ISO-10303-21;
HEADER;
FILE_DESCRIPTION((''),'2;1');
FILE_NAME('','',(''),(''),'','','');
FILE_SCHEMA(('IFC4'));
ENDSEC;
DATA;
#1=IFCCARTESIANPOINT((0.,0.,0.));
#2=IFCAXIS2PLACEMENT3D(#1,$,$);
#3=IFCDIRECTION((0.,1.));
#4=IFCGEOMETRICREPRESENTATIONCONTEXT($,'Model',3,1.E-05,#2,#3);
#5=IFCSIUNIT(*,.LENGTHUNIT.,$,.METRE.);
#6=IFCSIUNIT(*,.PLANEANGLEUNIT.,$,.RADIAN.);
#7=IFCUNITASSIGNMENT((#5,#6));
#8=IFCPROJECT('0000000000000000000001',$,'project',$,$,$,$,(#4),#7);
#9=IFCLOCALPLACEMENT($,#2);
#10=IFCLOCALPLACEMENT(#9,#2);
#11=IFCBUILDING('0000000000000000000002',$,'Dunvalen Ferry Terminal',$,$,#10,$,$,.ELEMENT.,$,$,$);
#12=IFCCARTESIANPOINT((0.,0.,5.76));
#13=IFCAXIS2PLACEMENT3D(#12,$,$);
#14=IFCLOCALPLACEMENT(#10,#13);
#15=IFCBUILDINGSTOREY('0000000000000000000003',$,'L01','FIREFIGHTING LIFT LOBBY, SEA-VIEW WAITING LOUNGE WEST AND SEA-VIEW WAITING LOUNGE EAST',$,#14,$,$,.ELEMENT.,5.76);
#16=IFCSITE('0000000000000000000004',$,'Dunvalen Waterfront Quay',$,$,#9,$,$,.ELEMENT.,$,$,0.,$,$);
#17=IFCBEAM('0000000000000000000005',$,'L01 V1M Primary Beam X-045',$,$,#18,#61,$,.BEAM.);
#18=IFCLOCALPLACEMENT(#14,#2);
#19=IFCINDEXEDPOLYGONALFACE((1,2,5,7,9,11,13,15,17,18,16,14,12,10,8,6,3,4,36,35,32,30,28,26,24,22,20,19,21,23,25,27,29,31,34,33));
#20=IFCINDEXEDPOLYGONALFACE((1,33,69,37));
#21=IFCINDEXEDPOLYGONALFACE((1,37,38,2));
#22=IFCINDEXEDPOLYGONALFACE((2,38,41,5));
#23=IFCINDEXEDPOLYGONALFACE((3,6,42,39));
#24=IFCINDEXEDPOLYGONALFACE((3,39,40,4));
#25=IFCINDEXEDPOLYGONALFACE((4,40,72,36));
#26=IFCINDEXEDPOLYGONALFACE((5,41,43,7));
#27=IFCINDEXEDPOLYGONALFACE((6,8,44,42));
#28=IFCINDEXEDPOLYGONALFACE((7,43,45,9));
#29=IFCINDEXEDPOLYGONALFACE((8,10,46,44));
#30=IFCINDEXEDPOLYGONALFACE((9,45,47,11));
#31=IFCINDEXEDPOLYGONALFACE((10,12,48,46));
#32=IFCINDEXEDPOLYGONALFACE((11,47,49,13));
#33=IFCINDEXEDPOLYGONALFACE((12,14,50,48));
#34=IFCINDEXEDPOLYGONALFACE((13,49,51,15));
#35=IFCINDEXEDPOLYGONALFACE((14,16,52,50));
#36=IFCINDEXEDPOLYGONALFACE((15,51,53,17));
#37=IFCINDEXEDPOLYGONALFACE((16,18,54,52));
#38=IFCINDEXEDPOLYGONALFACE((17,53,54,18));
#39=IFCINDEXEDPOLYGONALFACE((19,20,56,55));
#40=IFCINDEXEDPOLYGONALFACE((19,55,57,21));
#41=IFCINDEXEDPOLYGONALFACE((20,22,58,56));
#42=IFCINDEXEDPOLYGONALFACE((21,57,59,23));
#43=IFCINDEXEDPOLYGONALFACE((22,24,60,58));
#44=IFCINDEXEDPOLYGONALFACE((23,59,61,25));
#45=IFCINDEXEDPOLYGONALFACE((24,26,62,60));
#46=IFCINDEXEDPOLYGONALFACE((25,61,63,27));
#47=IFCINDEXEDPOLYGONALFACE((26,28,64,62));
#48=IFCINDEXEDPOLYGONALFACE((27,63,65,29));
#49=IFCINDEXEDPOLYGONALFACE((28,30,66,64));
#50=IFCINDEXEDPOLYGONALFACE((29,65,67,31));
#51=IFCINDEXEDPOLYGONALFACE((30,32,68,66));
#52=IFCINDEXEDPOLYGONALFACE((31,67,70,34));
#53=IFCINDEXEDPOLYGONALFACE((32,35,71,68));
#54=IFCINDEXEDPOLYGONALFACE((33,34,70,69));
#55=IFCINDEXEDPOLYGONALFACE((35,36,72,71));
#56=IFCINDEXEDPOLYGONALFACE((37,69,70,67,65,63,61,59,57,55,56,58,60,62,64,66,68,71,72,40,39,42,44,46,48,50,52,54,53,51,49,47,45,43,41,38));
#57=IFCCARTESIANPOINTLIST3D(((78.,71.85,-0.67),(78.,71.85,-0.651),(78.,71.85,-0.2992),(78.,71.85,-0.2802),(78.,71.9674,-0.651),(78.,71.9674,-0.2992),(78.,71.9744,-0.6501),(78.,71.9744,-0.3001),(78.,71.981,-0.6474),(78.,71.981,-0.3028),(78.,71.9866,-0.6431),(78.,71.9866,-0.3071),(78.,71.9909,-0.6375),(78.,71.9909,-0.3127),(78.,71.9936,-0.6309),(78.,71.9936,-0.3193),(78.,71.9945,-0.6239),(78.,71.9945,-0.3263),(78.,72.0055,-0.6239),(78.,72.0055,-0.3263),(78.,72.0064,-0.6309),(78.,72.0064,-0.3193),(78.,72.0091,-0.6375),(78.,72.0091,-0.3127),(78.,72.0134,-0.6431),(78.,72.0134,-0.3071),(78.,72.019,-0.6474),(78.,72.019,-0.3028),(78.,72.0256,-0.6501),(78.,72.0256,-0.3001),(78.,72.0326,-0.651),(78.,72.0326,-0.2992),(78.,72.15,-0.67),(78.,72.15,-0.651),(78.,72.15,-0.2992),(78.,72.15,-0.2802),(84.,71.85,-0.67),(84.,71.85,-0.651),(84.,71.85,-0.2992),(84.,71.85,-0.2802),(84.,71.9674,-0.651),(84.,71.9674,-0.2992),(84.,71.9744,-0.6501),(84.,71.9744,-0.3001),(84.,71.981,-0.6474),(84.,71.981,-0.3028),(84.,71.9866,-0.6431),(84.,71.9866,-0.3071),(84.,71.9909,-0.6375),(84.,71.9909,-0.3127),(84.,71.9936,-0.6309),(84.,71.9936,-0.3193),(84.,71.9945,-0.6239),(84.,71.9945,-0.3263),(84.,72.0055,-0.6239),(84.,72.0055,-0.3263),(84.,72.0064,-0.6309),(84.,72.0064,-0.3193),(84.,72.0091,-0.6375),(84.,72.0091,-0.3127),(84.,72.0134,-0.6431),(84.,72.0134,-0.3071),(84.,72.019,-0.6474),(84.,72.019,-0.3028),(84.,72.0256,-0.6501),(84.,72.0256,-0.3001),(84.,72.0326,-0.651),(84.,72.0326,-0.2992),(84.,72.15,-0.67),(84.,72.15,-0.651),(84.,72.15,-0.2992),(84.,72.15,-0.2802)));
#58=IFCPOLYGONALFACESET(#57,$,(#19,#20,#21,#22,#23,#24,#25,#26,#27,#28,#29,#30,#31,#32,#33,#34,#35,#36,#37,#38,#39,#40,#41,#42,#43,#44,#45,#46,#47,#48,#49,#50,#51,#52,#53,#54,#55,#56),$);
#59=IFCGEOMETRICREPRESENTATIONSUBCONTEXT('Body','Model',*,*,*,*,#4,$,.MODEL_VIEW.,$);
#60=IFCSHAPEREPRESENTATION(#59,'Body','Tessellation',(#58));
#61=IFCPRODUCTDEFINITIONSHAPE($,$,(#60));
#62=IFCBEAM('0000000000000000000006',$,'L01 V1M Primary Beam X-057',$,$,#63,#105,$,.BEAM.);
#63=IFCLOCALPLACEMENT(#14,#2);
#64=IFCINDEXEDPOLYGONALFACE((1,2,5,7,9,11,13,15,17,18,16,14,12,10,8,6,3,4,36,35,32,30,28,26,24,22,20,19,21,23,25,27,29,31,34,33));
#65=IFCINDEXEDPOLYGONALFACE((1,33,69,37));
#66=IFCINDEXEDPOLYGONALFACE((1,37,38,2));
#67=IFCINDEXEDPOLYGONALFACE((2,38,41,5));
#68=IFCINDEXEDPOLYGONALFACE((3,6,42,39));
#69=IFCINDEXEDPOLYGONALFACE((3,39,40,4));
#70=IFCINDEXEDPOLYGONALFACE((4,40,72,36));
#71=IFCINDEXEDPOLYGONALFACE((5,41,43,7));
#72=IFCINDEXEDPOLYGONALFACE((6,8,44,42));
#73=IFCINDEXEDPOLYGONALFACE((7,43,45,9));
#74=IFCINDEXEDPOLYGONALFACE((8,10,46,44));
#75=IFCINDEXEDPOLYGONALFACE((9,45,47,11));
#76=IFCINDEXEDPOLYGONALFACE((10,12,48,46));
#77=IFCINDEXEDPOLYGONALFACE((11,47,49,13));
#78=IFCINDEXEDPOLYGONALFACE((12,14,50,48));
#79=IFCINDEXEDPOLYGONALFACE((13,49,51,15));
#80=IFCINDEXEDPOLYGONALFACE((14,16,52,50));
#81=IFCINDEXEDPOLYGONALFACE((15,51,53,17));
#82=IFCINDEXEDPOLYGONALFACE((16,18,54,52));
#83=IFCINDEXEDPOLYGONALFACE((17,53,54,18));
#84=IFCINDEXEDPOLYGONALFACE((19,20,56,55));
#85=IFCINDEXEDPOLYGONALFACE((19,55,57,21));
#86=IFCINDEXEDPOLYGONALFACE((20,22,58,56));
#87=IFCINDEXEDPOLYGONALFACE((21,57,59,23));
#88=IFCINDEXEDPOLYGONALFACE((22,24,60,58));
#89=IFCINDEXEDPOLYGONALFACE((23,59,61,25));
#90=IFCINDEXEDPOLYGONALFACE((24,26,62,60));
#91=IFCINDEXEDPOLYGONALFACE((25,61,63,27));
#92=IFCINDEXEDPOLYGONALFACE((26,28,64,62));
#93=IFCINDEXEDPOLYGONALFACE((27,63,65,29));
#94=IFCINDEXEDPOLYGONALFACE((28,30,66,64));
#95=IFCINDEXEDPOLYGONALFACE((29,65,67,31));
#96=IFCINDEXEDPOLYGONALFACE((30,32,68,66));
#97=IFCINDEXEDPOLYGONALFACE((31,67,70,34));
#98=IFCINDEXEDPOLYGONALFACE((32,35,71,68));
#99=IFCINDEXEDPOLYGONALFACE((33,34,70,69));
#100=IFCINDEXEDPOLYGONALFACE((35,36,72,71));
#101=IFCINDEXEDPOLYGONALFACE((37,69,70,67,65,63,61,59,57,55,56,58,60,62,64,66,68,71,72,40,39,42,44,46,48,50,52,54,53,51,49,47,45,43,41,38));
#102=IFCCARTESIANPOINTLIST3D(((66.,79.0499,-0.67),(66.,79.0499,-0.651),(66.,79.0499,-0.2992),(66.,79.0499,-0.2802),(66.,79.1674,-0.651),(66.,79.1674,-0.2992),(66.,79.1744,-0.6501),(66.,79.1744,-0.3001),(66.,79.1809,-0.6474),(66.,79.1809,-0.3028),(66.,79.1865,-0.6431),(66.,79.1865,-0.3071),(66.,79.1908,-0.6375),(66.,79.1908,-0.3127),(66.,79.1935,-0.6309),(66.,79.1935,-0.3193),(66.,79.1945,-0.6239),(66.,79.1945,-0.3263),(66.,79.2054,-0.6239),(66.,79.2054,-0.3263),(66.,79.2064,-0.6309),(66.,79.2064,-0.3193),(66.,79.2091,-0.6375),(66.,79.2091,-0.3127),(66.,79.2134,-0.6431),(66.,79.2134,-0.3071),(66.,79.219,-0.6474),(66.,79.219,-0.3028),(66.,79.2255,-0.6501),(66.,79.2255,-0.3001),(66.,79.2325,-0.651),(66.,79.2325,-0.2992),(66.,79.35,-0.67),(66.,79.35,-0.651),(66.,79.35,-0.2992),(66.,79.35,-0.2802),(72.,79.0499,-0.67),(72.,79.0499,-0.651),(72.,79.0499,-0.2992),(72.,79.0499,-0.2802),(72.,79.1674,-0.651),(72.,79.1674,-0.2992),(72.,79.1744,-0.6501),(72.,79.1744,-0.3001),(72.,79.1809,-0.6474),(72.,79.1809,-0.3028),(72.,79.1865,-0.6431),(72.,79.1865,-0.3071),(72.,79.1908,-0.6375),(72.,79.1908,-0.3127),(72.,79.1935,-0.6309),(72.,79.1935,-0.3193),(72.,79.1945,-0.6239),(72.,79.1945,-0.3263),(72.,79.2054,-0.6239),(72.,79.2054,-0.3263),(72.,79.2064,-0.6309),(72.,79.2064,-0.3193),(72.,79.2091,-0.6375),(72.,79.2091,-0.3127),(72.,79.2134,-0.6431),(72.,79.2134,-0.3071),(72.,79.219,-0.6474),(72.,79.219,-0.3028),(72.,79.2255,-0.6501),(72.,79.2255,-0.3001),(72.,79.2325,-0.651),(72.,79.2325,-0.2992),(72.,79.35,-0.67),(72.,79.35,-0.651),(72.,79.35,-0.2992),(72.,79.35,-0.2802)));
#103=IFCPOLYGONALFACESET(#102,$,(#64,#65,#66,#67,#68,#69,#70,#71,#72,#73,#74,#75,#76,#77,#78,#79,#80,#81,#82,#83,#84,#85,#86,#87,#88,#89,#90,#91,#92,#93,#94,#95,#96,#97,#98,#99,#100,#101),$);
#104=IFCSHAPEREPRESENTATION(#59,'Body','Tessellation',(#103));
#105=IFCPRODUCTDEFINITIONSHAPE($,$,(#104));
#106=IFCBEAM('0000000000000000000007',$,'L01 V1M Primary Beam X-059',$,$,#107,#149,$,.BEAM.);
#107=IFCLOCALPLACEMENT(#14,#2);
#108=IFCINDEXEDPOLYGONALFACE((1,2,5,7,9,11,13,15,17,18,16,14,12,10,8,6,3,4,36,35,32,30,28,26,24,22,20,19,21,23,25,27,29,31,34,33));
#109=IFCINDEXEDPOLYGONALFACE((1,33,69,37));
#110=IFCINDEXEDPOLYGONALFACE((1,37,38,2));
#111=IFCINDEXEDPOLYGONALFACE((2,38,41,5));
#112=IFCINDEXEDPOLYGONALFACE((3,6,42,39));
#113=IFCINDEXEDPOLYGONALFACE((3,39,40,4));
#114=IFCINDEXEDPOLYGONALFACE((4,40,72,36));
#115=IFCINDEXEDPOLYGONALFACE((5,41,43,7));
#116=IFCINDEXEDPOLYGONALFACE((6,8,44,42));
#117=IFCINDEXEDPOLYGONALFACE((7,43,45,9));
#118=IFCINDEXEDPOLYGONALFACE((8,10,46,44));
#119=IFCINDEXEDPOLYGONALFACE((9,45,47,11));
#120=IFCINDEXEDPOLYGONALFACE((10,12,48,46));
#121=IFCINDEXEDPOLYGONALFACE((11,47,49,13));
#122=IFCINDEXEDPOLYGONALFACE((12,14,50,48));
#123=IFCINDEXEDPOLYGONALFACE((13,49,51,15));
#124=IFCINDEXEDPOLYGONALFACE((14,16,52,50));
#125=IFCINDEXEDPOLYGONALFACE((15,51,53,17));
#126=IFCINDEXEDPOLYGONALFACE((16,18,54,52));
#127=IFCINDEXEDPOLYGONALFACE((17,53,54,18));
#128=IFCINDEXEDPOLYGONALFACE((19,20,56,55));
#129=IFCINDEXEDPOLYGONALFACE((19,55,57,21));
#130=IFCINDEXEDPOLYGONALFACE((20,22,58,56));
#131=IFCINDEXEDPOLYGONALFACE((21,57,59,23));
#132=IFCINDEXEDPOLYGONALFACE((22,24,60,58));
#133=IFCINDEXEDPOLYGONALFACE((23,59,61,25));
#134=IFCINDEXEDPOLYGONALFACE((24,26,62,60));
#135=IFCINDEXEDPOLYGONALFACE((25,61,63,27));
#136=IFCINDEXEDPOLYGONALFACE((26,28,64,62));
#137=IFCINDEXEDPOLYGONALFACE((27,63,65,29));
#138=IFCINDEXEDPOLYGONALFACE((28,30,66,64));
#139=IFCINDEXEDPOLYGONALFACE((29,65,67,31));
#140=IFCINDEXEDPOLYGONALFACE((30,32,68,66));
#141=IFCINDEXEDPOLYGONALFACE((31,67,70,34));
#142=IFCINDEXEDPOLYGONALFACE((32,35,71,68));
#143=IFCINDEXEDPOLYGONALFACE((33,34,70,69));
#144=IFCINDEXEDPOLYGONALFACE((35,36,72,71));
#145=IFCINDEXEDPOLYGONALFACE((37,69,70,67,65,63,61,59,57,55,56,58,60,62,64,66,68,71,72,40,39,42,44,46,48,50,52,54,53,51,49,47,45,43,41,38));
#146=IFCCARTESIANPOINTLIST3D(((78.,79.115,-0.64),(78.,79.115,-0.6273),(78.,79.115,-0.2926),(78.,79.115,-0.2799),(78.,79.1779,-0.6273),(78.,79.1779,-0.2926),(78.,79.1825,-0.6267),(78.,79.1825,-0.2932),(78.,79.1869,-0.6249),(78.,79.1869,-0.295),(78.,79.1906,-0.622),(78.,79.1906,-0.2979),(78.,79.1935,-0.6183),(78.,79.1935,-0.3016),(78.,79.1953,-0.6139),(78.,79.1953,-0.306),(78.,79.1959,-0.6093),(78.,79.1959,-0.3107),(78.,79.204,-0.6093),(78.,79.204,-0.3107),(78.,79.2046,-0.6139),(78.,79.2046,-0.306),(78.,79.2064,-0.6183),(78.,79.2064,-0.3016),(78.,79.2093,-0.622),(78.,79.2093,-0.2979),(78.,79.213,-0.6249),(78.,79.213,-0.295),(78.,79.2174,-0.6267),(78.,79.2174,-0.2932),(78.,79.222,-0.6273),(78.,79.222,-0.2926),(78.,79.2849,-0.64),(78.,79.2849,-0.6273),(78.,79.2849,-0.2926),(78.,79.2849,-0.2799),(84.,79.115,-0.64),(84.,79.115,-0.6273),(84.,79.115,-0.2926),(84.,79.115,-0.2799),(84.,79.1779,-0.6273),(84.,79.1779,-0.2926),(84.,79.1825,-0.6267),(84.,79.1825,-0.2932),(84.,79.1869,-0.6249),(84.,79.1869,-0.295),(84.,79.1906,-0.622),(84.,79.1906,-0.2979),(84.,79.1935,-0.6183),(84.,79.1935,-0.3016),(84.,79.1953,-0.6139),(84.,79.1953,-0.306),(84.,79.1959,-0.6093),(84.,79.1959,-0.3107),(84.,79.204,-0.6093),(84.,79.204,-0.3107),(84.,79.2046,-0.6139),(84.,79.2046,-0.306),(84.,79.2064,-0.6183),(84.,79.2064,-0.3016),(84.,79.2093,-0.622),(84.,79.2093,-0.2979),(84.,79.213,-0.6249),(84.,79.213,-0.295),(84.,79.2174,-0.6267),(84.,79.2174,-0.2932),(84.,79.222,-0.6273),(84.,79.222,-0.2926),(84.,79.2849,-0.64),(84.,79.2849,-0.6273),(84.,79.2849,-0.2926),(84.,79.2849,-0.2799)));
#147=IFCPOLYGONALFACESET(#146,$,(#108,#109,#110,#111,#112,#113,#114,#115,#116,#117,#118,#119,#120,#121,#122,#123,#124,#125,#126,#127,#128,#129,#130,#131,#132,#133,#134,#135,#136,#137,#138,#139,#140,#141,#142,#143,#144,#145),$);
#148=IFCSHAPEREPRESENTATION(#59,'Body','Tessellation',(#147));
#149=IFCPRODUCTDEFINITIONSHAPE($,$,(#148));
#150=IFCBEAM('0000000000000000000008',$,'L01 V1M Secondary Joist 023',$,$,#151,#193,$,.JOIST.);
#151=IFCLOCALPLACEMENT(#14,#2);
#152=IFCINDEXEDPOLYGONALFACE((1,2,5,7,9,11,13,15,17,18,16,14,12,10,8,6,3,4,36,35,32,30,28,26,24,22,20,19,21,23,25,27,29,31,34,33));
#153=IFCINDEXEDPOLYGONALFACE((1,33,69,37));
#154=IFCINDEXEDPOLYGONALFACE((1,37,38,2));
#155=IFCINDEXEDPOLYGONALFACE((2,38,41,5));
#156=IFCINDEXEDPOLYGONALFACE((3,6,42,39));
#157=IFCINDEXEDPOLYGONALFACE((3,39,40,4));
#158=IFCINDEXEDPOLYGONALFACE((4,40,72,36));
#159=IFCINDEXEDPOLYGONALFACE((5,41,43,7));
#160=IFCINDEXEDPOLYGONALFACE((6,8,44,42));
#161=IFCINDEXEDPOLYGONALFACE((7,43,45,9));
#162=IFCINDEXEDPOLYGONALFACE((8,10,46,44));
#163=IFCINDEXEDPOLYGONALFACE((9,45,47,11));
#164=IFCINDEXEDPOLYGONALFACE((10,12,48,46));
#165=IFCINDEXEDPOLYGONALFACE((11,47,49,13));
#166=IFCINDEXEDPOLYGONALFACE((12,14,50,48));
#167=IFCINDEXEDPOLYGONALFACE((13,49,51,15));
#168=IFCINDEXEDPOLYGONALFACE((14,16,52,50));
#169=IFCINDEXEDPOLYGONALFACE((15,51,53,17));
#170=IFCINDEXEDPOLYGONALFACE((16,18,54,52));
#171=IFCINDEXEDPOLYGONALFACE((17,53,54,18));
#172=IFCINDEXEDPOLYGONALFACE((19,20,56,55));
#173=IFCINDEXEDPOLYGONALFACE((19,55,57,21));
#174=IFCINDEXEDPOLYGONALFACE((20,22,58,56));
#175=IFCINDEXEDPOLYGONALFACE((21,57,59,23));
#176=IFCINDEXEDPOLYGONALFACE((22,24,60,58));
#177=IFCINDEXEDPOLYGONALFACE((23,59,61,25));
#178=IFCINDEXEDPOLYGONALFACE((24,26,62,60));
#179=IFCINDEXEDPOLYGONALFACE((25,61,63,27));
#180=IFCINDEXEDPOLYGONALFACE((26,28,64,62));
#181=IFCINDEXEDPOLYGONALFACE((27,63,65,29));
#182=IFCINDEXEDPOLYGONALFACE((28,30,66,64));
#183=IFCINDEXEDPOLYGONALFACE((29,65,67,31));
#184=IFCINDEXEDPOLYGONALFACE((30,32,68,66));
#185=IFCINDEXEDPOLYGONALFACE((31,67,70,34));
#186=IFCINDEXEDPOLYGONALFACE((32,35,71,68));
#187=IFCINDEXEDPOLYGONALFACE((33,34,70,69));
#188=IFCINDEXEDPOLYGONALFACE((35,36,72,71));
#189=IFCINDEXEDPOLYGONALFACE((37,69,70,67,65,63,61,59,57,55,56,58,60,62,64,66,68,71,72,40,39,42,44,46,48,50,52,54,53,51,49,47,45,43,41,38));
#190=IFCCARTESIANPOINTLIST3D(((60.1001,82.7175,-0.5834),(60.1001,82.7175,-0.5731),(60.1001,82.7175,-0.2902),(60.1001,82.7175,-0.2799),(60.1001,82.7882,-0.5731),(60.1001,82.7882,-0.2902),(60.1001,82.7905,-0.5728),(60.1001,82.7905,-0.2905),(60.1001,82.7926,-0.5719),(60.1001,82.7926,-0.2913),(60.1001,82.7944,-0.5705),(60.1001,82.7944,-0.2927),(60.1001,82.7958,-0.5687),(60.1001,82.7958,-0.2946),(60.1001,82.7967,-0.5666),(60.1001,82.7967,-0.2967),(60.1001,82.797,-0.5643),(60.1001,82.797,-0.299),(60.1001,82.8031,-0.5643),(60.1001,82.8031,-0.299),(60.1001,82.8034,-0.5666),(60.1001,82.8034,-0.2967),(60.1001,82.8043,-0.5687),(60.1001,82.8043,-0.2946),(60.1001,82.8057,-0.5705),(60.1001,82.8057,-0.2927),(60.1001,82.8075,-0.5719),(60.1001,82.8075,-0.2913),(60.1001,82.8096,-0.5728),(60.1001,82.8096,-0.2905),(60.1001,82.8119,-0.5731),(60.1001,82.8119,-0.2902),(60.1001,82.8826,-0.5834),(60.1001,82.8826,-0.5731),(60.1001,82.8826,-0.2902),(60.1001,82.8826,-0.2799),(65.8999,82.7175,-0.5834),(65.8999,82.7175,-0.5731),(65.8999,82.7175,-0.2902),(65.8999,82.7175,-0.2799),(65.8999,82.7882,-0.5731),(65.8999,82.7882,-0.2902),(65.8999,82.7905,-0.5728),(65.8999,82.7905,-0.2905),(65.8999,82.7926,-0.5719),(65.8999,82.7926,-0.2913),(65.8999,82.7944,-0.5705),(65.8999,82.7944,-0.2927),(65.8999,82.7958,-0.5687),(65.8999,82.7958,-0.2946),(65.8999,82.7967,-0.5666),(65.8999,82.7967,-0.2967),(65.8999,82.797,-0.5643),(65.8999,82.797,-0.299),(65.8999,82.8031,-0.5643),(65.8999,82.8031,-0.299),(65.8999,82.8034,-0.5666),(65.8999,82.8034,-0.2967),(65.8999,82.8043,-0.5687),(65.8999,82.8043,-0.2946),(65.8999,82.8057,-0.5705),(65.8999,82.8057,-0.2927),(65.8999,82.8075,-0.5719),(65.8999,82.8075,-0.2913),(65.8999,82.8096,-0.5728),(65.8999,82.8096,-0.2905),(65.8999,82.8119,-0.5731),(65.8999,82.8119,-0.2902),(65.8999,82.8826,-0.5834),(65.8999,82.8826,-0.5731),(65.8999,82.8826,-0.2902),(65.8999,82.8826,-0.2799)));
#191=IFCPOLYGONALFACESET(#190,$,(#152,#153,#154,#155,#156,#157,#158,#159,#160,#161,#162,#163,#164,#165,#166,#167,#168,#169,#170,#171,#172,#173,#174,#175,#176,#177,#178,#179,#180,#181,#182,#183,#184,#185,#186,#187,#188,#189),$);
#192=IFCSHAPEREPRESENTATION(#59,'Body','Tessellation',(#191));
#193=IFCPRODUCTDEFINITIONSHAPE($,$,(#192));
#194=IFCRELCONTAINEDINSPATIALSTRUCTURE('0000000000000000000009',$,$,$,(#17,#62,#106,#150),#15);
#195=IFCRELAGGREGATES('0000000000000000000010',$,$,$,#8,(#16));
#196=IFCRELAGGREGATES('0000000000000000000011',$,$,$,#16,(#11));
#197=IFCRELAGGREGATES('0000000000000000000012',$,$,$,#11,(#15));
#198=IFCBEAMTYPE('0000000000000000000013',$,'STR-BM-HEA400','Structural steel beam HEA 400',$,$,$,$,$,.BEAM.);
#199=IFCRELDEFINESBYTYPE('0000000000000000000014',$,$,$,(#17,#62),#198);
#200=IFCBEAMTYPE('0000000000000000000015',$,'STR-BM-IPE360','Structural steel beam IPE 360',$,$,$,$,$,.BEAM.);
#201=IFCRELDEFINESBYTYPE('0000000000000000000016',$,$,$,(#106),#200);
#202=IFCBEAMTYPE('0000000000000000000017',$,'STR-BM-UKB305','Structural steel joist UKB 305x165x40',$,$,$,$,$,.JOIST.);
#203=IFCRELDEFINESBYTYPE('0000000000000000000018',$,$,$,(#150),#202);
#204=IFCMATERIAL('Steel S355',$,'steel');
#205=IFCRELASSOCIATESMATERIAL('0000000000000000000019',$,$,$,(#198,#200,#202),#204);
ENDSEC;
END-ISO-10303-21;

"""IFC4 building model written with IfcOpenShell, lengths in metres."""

from ifc_helpers import new_model, si_unit, direction, frame, origin, origin_2d, place, context, subcontext, project, spatial, i_section, extrude, material, material_profile, profile_set, type_object, element, save


model = new_model("IFC4")

# Units and contexts
model_context = context("Model", 3, precision=1e-05, world=origin(), true_north=direction((0.0, 1.0)))
body_context = subcontext(model_context, "Body", "Model", "MODEL_VIEW")
ifc_project = project(units=[si_unit("LENGTHUNIT", "METRE"), si_unit("PLANEANGLEUNIT", "RADIAN")], contexts=[model_context])

# Site, building, storey
site_placement = place(None, origin())
site = spatial("IfcSite", under=ifc_project, at=site_placement, Name="Dunvalen Waterfront Quay", CompositionType="ELEMENT", RefElevation=0.0)
building_placement = place(site_placement, origin())
building = spatial("IfcBuilding", under=site, at=building_placement, Name="Dunvalen Ferry Terminal", CompositionType="ELEMENT")
storey_placement = place(building_placement, frame((0.0, 0.0, 5.76)))
storey = spatial("IfcBuildingStorey", under=building, at=storey_placement, Name="L01", Description="FIREFIGHTING LIFT LOBBY, SEA-VIEW WAITING LOUNGE WEST AND SEA-VIEW WAITING LOUNGE EAST", CompositionType="ELEMENT", Elevation=5.76)

# Beams
ifc_material_1 = material(Name="Steel S355", Category="steel")
ifc_material_profile_1 = material_profile(ifc_material_1, i_section(OverallWidth=0.3, OverallDepth=0.3899, WebThickness=0.011, FlangeThickness=0.019, FilletRadius=0.0271, at=origin_2d()), Name="Steel S355")
ifc_profile_set_1 = profile_set([ifc_material_profile_1], Name="Steel S355")
beam_type_1 = type_object("IfcBeamType", Name="STR-BM-HEA400", Description="Structural steel beam HEA 400", PredefinedType="BEAM", material=ifc_profile_set_1)
for number, where, z_axis, x_axis, name in (
    (1, (78.0, 72.0, -0.4751), (1.0, 0.0, 0.0), (0.0, 1.0, 0.0), "L01 V1M Primary Beam X-045"),
    (2, (66.0, 79.2, -0.4751), (1.0, 0.0, 0.0), (0.0, 1.0, 0.0), "L01 V1M Primary Beam X-057"),
):
    element("IfcBeam", number, at=place(storey_placement, frame(where, z_axis=z_axis, x_axis=x_axis)), inside=storey, type_object=beam_type_1, Name=name, PredefinedType="BEAM", context=body_context, shape_type="SweptSolid", body=[
        extrude(i_section(OverallWidth=0.3, OverallDepth=0.3899, WebThickness=0.011, FlangeThickness=0.019, FilletRadius=0.0271, at=origin_2d()), origin(), (0.0, 0.0, 1.0), 6.0),
    ])
ifc_material_profile_2 = material_profile(ifc_material_1, i_section(OverallWidth=0.1699, OverallDepth=0.3601, WebThickness=0.0081, FlangeThickness=0.0127, FilletRadius=0.0181, at=origin_2d()), Name="Steel S355")
ifc_profile_set_2 = profile_set([ifc_material_profile_2], Name="Steel S355")
beam_type_2 = type_object("IfcBeamType", Name="STR-BM-IPE360", Description="Structural steel beam IPE 360", PredefinedType="BEAM", material=ifc_profile_set_2)
beam_placement = place(storey_placement, frame((78.0, 79.2, -0.46), z_axis=(1.0, 0.0, 0.0), x_axis=(0.0, 1.0, 0.0)))
element("IfcBeam", 3, at=beam_placement, inside=storey, type_object=beam_type_2, Name="L01 V1M Primary Beam X-059", PredefinedType="BEAM", context=body_context, shape_type="SweptSolid", body=[
    extrude(i_section(OverallWidth=0.1699, OverallDepth=0.3601, WebThickness=0.0081, FlangeThickness=0.0127, FilletRadius=0.0181, at=origin_2d()), origin(), (0.0, 0.0, 1.0), 6.0),
])
ifc_material_profile_3 = material_profile(ifc_material_1, i_section(OverallWidth=0.165, OverallDepth=0.3035, WebThickness=0.0061, FlangeThickness=0.0103, FilletRadius=0.0088, at=origin_2d()), Name="Steel S355")
ifc_profile_set_3 = profile_set([ifc_material_profile_3], Name="Steel S355")
beam_type_3 = type_object("IfcBeamType", Name="STR-BM-UKB305", Description="Structural steel joist UKB 305x165x40", PredefinedType="JOIST", material=ifc_profile_set_3)
for number, where, z_axis, x_axis, name in (
    (4, (60.1001, 82.8, -0.4316), (1.0, 0.0, 0.0), (0.0, 1.0, 0.0), "L01 V1M Secondary Joist 023"),
):
    element("IfcBeam", number, at=place(storey_placement, frame(where, z_axis=z_axis, x_axis=x_axis)), inside=storey, type_object=beam_type_3, Name=name, PredefinedType="JOIST", context=body_context, shape_type="SweptSolid", body=[
        extrude(i_section(OverallWidth=0.165, OverallDepth=0.3035, WebThickness=0.0061, FlangeThickness=0.0103, FilletRadius=0.0088, at=origin_2d()), origin(), (0.0, 0.0, 1.0), 5.7998),
    ])

save(model, "model.ifc")
